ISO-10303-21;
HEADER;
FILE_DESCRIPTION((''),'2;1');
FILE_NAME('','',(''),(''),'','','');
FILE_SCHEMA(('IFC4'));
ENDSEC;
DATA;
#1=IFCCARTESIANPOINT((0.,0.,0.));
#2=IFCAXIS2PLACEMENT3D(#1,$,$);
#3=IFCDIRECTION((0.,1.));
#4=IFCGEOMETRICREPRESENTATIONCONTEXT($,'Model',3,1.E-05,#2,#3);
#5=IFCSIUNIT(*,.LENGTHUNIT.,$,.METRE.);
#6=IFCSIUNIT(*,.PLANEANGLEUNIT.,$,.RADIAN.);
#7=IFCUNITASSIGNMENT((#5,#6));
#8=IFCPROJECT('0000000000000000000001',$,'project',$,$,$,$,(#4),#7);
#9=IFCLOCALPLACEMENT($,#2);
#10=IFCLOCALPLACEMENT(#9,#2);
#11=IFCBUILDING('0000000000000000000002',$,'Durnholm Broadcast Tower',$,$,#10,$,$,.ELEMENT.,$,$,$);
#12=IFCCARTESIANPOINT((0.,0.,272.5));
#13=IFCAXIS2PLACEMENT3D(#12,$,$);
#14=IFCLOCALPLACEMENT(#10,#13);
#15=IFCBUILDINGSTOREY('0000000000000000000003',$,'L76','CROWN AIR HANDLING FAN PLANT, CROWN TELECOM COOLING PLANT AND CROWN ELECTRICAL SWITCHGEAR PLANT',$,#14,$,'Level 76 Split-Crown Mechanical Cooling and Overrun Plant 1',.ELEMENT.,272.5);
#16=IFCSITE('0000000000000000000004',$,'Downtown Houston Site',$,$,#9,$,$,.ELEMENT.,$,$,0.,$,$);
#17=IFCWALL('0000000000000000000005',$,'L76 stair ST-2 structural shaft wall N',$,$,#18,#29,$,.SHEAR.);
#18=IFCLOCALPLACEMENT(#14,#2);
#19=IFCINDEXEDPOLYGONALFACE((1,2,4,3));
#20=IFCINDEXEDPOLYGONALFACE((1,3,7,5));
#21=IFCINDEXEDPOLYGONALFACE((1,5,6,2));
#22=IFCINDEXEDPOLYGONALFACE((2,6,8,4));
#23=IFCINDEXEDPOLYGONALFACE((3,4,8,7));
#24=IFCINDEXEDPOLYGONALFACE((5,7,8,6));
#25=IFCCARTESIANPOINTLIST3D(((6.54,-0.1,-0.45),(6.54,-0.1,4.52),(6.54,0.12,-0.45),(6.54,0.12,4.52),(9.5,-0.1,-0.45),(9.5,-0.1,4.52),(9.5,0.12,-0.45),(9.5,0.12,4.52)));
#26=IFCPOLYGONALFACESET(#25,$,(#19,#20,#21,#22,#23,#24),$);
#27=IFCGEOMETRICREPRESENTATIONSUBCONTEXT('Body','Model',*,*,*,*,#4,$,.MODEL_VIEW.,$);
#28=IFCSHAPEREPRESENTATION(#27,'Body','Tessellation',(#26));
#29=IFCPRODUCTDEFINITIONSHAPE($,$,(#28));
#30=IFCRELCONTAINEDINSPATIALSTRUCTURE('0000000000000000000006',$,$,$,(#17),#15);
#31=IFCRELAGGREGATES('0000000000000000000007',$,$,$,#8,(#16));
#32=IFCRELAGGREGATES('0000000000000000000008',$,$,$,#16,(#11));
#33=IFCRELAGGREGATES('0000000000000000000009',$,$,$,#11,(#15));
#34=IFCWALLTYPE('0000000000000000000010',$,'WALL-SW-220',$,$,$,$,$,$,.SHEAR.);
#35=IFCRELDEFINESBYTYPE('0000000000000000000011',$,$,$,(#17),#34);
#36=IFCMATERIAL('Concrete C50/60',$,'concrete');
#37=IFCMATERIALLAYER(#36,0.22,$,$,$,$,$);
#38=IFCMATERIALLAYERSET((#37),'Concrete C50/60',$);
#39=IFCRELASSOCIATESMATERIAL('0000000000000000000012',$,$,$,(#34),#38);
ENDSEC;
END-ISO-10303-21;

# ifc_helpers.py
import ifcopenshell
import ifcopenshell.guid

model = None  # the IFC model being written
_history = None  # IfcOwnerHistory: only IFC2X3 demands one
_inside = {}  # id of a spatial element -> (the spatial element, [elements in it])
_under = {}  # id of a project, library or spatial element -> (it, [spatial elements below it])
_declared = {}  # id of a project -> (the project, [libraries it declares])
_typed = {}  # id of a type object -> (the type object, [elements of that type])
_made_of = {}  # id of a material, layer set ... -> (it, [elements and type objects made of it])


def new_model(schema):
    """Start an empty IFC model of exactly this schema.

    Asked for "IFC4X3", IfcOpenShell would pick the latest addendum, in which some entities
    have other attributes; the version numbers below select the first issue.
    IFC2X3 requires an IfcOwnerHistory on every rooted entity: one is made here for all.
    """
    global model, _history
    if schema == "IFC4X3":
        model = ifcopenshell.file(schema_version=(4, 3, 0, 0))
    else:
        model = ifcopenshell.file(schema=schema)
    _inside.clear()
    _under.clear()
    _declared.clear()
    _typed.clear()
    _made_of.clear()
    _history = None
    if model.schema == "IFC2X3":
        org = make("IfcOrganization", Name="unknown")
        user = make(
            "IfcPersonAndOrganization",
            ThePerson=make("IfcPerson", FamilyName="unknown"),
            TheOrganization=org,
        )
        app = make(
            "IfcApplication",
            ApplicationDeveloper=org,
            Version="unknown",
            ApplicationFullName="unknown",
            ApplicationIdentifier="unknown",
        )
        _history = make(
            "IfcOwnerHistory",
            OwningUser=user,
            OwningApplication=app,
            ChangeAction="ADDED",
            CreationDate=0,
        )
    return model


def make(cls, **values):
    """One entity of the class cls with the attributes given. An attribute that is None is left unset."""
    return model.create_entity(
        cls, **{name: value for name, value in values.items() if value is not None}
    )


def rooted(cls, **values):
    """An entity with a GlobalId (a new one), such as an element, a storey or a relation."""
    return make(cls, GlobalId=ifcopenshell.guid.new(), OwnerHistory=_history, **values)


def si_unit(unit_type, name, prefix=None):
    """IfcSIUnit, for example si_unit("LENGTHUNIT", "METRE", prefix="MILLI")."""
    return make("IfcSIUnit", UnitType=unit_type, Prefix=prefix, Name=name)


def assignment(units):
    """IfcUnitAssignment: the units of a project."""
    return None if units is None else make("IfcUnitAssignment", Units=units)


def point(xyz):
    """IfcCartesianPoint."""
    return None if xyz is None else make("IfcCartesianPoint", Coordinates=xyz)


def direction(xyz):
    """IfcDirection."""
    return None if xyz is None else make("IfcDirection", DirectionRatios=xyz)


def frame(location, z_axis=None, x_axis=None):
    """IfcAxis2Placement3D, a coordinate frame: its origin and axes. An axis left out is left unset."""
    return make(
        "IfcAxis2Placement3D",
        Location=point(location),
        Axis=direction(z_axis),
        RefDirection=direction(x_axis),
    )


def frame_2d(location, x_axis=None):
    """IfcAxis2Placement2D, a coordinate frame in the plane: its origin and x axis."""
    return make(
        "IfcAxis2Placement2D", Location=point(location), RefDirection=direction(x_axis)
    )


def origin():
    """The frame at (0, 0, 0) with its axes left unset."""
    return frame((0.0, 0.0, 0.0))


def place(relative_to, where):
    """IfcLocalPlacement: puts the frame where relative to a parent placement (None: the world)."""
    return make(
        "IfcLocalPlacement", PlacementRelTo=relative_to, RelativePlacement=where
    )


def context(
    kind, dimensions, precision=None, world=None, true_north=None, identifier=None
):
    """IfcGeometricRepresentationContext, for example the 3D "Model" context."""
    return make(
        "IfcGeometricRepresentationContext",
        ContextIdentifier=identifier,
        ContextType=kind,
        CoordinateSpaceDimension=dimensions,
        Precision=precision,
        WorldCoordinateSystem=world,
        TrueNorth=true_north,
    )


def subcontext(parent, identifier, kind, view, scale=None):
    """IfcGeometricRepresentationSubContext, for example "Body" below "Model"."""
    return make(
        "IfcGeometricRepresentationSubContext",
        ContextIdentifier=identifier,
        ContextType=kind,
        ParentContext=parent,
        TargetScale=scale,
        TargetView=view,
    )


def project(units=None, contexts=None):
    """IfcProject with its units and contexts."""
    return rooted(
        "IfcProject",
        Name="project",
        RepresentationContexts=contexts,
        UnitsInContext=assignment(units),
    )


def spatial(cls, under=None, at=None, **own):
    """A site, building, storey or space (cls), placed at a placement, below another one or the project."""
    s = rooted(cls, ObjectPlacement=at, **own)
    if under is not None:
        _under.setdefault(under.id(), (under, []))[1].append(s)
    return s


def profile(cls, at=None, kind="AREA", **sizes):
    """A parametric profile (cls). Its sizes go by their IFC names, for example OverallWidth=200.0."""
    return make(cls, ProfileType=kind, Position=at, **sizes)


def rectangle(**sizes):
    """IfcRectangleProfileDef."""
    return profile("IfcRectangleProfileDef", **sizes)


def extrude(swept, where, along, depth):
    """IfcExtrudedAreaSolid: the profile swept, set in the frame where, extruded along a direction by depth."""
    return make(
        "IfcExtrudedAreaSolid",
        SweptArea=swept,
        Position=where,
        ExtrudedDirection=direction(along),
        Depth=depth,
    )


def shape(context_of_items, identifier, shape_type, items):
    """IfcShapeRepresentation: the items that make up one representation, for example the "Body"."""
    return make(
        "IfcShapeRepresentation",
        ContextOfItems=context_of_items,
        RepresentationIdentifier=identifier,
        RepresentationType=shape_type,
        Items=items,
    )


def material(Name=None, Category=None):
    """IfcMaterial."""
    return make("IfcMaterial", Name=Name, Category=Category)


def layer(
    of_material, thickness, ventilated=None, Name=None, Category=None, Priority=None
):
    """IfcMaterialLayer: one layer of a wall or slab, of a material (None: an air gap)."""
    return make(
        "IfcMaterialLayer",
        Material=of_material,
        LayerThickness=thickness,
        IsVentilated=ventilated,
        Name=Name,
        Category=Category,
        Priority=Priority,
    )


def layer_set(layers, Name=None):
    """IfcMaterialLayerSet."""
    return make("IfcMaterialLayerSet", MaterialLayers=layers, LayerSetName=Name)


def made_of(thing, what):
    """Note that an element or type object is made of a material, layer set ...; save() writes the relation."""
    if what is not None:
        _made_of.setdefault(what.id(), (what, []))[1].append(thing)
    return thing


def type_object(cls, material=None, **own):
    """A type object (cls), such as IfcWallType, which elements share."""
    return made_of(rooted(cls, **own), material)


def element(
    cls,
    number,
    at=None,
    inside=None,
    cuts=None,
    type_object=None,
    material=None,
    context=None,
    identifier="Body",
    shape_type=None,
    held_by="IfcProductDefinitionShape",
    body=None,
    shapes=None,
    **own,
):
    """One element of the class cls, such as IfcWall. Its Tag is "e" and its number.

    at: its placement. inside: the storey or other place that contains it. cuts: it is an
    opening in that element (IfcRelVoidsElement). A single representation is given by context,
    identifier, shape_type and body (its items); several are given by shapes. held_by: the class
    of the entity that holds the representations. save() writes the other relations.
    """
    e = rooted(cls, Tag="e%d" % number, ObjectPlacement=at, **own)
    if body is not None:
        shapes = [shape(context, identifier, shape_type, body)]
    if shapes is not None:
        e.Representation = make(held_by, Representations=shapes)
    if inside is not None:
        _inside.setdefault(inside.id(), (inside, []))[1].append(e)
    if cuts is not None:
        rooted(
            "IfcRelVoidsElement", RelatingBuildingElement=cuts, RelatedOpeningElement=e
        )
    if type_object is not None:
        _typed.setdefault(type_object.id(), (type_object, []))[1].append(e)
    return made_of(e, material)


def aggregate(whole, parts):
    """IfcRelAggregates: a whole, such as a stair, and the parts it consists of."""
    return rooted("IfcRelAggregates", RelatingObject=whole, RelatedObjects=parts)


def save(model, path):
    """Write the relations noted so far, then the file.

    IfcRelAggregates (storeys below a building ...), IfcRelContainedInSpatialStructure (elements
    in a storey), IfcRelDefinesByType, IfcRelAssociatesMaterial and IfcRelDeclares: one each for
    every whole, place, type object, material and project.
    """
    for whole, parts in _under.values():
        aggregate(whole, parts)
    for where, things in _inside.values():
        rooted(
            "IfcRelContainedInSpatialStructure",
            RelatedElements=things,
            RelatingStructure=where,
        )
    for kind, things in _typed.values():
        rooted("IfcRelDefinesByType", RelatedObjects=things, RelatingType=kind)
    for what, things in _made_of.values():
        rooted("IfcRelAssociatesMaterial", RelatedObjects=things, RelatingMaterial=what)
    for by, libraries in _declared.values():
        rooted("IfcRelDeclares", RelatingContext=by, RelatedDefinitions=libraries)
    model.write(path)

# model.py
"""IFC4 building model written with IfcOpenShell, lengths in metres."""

from ifc_helpers import new_model, si_unit, direction, frame, frame_2d, origin, place, context, subcontext, project, spatial, rectangle, extrude, material, layer, layer_set, type_object, element, save


model = new_model("IFC4")

# Units and contexts
model_context = context("Model", 3, precision=1e-05, world=origin(), true_north=direction((0.0, 1.0)))
body_context = subcontext(model_context, "Body", "Model", "MODEL_VIEW")
ifc_project = project(units=[si_unit("LENGTHUNIT", "METRE"), si_unit("PLANEANGLEUNIT", "RADIAN")], contexts=[model_context])

# Site, building, storey
site_placement = place(None, origin())
site = spatial("IfcSite", under=ifc_project, at=site_placement, Name="Downtown Houston Site", CompositionType="ELEMENT", RefElevation=0.0)
building_placement = place(site_placement, origin())
building = spatial("IfcBuilding", under=site, at=building_placement, Name="Durnholm Broadcast Tower", CompositionType="ELEMENT")
storey_placement = place(building_placement, frame((0.0, 0.0, 272.5)))
storey = spatial("IfcBuildingStorey", under=building, at=storey_placement, Name="L76", Description="CROWN AIR HANDLING FAN PLANT, CROWN TELECOM COOLING PLANT AND CROWN ELECTRICAL SWITCHGEAR PLANT", LongName="Level 76 Split-Crown Mechanical Cooling and Overrun Plant 1", CompositionType="ELEMENT", Elevation=272.5)

# Wall
ifc_material_1 = material(Name="Concrete C50/60", Category="concrete")
ifc_layer_1 = layer(ifc_material_1, 0.22)
ifc_layer_set_1 = layer_set([ifc_layer_1], Name="Concrete C50/60")
wall_type_1 = type_object("IfcWallType", Name="WALL-SW-220", PredefinedType="SHEAR", material=ifc_layer_set_1)
wall_1_placement = place(storey_placement, frame((9.5, 0.01, -0.45), z_axis=(0.0, 0.0, 1.0), x_axis=(-1.0, 0.0, 0.0)))
element("IfcWall", 1, at=wall_1_placement, inside=storey, type_object=wall_type_1, Name="L76 stair ST-2 structural shaft wall N", PredefinedType="SHEAR", context=body_context, shape_type="SweptSolid", body=[
    extrude(rectangle(XDim=2.96, YDim=0.22, at=frame_2d((1.48, 0.0))), origin(), (0.0, 0.0, 1.0), 4.97),
])

save(model, "model.ifc")
